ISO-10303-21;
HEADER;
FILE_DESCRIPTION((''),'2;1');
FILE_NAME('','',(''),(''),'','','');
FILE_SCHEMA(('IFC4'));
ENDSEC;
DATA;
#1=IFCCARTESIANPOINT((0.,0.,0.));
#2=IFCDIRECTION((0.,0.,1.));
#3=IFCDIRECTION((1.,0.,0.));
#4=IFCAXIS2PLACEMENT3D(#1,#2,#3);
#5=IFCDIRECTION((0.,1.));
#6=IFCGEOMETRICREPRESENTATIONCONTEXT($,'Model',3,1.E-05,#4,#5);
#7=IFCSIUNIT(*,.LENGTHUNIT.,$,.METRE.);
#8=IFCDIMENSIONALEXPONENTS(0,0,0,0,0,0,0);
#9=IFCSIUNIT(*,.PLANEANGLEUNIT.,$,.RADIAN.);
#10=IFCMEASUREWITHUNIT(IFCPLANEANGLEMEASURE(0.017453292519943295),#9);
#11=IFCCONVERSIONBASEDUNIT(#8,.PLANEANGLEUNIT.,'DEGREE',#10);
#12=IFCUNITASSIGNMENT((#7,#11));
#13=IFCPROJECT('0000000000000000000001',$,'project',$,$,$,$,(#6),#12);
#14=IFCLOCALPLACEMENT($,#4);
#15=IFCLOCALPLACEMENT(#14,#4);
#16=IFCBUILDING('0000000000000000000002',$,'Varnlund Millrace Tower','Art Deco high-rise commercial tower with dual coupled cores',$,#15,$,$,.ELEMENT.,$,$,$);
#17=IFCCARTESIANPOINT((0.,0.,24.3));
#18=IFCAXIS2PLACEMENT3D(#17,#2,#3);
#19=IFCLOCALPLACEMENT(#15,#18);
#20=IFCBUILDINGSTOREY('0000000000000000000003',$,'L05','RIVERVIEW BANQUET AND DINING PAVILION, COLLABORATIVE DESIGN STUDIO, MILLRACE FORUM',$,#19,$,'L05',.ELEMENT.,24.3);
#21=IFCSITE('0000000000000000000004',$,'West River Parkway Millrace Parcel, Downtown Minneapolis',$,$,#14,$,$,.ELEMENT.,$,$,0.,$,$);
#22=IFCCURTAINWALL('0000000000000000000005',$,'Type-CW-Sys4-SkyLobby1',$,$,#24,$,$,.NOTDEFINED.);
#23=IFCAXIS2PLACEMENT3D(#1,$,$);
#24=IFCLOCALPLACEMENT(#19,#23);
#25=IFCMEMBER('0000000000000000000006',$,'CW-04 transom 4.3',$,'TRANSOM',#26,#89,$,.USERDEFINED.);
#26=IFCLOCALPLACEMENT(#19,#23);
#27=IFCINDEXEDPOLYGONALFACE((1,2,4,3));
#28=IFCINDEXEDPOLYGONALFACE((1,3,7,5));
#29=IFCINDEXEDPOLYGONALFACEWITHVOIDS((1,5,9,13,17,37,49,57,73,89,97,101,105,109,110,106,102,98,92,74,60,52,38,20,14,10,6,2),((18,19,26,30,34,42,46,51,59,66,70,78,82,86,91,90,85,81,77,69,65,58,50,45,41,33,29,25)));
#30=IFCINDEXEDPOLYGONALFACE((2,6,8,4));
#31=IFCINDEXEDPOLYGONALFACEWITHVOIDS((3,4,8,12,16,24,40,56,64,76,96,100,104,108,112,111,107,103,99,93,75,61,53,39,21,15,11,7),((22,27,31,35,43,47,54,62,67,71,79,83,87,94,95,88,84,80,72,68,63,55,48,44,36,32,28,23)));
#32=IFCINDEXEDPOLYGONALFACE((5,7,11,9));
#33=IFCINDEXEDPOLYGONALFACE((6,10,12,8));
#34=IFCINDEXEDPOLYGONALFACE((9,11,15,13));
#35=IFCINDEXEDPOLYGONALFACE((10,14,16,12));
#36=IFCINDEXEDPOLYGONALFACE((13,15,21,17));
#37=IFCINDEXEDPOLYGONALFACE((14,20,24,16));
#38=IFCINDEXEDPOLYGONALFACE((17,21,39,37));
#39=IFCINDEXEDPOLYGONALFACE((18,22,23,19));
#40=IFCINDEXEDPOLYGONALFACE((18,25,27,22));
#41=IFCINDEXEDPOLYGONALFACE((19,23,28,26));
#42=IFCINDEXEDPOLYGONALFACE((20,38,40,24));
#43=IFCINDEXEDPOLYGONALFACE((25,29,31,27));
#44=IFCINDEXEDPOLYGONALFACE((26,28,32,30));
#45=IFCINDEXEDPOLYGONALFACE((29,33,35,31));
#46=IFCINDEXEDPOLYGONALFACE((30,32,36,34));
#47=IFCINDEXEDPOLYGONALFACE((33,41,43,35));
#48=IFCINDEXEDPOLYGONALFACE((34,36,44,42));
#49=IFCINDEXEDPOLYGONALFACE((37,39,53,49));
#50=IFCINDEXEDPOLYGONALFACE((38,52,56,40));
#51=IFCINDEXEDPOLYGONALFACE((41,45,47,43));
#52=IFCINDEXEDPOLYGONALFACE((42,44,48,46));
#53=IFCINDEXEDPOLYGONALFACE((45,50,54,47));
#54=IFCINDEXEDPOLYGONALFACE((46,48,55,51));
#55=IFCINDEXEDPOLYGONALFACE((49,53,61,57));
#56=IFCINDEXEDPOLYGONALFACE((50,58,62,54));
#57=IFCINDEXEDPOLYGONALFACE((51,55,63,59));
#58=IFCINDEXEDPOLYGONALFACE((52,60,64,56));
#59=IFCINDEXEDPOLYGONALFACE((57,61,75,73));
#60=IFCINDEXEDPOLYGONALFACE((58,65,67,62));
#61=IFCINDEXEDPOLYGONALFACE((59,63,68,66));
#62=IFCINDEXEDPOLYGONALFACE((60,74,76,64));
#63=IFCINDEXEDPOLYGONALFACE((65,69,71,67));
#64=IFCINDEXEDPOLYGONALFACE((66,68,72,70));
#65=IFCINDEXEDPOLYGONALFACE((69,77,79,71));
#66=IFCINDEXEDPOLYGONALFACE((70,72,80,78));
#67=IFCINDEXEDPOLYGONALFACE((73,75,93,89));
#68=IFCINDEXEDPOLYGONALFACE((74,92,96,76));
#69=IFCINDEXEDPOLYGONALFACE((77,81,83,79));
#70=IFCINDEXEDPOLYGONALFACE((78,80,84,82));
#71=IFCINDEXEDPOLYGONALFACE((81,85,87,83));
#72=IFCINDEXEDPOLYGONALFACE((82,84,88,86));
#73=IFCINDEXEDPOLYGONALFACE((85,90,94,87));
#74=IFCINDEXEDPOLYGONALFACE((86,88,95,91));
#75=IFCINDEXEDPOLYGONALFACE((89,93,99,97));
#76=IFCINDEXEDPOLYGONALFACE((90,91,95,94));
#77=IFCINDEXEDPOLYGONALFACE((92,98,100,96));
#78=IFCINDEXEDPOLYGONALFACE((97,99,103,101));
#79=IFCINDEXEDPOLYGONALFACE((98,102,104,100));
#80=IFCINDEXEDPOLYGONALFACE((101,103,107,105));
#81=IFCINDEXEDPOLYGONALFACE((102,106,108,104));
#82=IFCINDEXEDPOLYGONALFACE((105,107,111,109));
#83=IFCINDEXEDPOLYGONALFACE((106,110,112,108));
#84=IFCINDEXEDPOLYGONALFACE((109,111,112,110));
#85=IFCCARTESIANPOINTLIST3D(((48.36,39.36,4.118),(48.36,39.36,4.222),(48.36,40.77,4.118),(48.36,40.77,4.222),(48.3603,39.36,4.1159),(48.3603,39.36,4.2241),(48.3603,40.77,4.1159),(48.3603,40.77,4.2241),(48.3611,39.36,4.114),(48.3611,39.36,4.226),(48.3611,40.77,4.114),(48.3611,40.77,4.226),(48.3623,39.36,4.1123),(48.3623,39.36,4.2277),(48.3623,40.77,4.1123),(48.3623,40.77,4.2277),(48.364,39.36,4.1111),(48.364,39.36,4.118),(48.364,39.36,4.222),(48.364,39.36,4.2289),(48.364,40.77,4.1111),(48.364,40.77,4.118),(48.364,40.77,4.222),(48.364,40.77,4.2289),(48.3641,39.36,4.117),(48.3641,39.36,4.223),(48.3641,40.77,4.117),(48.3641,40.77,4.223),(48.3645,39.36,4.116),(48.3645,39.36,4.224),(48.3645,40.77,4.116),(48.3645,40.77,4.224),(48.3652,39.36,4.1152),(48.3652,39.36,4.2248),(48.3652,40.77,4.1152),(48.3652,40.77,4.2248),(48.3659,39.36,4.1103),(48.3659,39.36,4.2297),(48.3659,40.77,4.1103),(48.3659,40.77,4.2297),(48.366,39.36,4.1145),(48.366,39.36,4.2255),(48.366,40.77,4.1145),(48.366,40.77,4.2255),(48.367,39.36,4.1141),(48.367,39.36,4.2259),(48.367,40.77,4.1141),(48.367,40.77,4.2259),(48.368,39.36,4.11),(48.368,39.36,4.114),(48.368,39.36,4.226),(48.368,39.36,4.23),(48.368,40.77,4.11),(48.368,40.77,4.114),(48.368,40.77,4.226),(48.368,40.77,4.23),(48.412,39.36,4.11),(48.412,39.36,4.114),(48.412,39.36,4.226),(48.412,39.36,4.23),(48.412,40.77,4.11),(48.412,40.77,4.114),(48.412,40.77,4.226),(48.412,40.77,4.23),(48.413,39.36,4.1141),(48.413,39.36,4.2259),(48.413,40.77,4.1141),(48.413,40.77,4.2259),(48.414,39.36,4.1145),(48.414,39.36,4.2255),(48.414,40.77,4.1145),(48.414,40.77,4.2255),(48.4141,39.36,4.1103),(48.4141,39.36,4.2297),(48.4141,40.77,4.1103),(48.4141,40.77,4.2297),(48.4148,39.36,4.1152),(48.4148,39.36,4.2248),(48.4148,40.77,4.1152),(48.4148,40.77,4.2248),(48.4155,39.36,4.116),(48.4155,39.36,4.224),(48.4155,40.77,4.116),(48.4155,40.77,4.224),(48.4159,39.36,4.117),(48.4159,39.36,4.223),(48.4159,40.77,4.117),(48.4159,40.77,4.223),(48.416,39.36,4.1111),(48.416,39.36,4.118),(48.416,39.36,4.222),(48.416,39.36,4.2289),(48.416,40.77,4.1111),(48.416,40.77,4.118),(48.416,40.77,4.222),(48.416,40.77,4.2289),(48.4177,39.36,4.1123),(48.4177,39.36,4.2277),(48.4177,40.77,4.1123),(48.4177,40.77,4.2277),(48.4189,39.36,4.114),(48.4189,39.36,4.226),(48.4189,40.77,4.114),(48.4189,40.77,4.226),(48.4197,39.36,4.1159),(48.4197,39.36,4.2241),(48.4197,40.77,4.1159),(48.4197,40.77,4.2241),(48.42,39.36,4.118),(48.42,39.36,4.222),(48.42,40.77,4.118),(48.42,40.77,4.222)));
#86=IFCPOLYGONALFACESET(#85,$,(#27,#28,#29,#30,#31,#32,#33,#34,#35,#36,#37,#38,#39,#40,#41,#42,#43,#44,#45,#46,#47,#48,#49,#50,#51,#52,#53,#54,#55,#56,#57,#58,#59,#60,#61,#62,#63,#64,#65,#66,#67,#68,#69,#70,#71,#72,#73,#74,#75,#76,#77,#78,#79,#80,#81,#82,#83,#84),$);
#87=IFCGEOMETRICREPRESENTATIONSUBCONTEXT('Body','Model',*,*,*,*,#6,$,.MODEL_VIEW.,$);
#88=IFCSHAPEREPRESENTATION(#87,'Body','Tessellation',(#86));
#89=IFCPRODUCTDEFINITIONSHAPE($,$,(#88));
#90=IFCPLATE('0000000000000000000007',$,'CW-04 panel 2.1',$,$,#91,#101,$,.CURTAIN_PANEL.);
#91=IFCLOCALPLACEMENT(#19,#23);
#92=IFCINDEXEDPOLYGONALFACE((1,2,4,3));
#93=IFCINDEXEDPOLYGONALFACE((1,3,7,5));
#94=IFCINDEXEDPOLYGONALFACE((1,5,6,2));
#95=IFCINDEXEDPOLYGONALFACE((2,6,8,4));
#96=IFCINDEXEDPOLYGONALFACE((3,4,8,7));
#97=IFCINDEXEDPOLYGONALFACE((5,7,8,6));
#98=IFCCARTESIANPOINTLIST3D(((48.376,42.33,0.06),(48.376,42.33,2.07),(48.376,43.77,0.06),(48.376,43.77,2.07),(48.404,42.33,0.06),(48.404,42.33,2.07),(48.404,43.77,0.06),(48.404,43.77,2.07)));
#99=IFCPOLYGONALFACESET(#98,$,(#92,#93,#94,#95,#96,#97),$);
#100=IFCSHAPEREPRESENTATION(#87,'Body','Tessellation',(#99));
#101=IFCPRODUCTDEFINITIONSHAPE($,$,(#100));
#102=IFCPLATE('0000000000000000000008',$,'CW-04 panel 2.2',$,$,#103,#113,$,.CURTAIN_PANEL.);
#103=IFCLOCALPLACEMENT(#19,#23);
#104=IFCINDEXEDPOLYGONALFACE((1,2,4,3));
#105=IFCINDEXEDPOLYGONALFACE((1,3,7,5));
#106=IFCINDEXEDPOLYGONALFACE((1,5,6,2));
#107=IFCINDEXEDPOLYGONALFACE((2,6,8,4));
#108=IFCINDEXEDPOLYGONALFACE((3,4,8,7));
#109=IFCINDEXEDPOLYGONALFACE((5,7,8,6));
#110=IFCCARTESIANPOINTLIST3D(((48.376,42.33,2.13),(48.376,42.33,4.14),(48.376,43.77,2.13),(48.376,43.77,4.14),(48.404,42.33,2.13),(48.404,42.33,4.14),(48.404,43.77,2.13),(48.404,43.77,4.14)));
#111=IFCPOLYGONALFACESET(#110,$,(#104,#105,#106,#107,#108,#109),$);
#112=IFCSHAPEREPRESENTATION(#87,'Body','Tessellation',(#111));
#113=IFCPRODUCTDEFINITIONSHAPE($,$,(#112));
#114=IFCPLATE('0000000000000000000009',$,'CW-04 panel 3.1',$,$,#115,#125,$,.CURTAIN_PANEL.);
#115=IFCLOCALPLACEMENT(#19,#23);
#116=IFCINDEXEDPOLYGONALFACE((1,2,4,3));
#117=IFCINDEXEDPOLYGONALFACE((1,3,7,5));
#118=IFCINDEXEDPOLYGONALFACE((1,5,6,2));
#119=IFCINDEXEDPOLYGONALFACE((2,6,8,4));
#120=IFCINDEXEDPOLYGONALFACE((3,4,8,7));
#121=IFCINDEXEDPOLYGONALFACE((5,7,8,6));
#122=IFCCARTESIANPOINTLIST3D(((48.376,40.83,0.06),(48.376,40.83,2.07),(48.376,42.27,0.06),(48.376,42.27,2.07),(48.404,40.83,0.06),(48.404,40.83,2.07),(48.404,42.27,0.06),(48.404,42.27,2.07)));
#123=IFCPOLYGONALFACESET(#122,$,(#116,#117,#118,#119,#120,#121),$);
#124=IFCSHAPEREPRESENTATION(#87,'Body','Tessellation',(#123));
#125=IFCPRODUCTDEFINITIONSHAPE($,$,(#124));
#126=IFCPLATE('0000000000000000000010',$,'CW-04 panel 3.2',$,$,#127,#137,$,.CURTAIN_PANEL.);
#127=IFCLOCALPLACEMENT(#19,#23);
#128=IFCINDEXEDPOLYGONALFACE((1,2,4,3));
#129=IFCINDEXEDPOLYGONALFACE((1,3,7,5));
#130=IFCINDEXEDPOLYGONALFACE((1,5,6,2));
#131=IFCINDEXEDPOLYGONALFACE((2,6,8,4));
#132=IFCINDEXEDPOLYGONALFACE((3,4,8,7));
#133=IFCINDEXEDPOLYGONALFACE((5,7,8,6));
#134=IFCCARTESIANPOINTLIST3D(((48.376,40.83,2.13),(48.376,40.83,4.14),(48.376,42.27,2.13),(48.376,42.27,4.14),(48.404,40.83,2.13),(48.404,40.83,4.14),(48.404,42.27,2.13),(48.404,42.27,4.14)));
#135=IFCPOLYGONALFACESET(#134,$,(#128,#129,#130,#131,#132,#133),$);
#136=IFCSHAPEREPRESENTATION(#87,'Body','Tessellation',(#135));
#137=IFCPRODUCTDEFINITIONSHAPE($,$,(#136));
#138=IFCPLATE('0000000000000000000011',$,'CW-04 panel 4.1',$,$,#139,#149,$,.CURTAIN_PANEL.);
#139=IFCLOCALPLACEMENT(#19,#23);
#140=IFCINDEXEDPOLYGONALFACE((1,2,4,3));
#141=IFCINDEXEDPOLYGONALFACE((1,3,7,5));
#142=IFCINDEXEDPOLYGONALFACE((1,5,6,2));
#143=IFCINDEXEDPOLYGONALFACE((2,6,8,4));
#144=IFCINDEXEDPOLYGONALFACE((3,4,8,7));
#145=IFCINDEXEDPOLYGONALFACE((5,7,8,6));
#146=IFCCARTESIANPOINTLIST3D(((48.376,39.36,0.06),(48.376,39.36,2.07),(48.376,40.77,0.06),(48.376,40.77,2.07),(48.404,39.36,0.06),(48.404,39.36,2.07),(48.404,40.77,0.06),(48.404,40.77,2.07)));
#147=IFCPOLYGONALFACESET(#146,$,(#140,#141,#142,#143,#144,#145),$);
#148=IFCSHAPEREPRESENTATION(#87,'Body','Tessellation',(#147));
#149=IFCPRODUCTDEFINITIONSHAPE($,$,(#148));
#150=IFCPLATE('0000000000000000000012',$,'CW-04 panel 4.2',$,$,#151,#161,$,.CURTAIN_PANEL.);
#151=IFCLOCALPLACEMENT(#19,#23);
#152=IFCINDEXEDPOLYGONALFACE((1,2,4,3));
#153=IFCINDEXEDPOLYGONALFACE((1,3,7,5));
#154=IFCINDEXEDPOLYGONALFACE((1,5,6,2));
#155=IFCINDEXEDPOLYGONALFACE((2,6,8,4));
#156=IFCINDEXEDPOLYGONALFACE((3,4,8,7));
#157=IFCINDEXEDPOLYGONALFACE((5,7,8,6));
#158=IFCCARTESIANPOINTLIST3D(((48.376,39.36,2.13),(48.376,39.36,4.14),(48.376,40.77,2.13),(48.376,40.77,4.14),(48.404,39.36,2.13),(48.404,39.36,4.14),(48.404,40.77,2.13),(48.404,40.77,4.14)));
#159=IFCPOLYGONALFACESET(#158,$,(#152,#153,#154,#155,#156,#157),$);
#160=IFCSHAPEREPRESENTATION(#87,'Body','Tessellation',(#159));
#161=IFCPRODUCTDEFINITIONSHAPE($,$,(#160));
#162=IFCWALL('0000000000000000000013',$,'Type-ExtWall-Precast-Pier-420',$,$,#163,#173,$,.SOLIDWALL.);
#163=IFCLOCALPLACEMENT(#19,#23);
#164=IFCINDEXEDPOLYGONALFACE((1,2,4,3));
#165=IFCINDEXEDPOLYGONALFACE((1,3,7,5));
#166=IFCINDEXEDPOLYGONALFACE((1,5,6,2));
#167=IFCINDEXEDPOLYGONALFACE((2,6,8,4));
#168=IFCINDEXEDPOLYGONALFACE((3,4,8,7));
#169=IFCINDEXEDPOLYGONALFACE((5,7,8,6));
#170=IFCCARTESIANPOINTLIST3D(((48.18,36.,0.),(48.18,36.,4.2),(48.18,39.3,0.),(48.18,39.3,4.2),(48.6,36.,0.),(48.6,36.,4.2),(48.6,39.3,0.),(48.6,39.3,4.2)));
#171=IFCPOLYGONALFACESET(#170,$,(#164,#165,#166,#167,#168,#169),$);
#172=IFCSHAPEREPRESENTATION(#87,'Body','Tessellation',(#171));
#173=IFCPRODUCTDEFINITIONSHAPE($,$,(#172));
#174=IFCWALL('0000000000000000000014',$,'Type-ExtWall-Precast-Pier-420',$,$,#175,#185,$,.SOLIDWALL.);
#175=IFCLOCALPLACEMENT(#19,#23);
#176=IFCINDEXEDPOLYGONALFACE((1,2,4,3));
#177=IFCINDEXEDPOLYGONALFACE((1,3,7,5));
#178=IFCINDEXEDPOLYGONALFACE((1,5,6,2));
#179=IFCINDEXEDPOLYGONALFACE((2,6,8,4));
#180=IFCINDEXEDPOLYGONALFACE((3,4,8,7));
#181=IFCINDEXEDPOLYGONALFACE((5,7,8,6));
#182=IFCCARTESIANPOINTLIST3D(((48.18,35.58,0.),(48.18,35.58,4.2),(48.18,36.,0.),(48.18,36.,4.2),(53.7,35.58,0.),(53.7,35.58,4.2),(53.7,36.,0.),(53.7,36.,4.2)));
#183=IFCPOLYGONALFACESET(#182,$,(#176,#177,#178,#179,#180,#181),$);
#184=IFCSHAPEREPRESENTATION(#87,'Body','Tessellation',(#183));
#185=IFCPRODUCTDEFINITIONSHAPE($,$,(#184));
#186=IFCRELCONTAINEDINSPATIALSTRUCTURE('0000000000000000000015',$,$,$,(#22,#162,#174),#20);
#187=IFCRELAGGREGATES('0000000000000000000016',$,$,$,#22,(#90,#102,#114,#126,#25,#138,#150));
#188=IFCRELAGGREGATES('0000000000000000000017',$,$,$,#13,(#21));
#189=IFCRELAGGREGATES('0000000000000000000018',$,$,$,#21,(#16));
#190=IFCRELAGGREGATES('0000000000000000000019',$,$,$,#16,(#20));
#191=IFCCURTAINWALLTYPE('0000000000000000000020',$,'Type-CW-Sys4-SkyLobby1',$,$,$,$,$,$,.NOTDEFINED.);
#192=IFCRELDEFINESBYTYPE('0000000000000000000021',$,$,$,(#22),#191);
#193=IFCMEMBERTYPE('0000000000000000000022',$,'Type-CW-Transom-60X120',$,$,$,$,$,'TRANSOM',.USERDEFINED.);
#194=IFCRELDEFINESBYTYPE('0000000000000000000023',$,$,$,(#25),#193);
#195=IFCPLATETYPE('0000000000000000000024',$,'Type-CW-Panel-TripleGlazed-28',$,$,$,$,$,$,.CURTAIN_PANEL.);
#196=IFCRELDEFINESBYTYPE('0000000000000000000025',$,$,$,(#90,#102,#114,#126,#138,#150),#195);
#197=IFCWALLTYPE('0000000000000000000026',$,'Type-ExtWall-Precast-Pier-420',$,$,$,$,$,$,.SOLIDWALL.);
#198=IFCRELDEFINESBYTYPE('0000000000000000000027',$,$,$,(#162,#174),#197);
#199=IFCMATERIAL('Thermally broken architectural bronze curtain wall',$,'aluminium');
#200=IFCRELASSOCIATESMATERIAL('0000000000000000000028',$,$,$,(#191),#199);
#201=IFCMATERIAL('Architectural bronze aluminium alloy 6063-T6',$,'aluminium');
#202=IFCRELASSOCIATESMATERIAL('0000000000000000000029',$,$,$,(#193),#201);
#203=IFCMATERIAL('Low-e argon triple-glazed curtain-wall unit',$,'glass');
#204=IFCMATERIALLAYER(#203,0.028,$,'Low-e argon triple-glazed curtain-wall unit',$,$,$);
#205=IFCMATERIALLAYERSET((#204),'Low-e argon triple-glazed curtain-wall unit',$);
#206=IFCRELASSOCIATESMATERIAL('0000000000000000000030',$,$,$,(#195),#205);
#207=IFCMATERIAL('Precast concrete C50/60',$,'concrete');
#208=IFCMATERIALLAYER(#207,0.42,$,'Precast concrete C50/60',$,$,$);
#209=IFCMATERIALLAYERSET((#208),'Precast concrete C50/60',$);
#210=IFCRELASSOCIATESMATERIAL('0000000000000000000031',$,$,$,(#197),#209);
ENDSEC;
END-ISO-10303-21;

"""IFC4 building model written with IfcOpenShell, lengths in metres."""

from ifc_helpers import new_model, entity, si_unit, converted_unit, direction, frame, origin_with_axes, origin_2d_with_axis, place, context, subcontext, project, spatial, polyline, rectangle, hollow_rectangle, outline, extrude, material, layer, layer_set, material_profile, profile_set, type_object, element, aggregate, save


model = new_model("IFC4")

# Units and contexts
model_context = context("Model", 3, precision=1e-05, world=origin_with_axes(), true_north=direction((0.0, 1.0)))
body_context = subcontext(model_context, "Body", "Model", "MODEL_VIEW")
ifc_project = project(units=[si_unit("LENGTHUNIT", "METRE"), converted_unit("PLANEANGLEUNIT", "DEGREE", entity("IfcPlaneAngleMeasure", 0.017453292519943295), si_unit("PLANEANGLEUNIT", "RADIAN"), dimensions=[0, 0, 0, 0, 0, 0, 0])], contexts=[model_context])

# Site, building, storey
site_placement = place(None, origin_with_axes())
site = spatial("IfcSite", under=ifc_project, at=site_placement, Name="West River Parkway Millrace Parcel, Downtown Minneapolis", CompositionType="ELEMENT", RefElevation=0.0)
building_placement = place(site_placement, origin_with_axes())
building = spatial("IfcBuilding", under=site, at=building_placement, Name="Varnlund Millrace Tower", Description="Art Deco high-rise commercial tower with dual coupled cores", CompositionType="ELEMENT")
storey_placement = place(building_placement, frame((0.0, 0.0, 24.3), z_axis=(0.0, 0.0, 1.0), x_axis=(1.0, 0.0, 0.0)))
storey = spatial("IfcBuildingStorey", under=building, at=storey_placement, Name="L05", Description="RIVERVIEW BANQUET AND DINING PAVILION, COLLABORATIVE DESIGN STUDIO, MILLRACE FORUM", LongName="L05", CompositionType="ELEMENT", Elevation=24.3)

# Curtain wall, member, plates
ifc_material_1 = material(Name="Thermally broken architectural bronze curtain wall", Category="aluminium")
curtain_wall_type = type_object("IfcCurtainWallType", Name="Type-CW-Sys4-SkyLobby1", PredefinedType="NOTDEFINED", material=ifc_material_1)
curtain_wall_placement = place(storey_placement, frame((48.39, 45.3, 0.0), z_axis=(0.0, 0.0, 1.0), x_axis=(1.0, 0.0, 0.0)))
curtain_wall = element("IfcCurtainWall", 1, at=curtain_wall_placement, inside=storey, type_object=curtain_wall_type, Name="Type-CW-Sys4-SkyLobby1", PredefinedType="NOTDEFINED")
ifc_material_2 = material(Name="Architectural bronze aluminium alloy 6063-T6", Category="aluminium")
ifc_material_profile_1 = material_profile(ifc_material_2, hollow_rectangle(XDim=0.06, YDim=0.12, WallThickness=0.004, InnerFilletRadius=0.004, OuterFilletRadius=0.008, at=origin_2d_with_axis()), Name="Architectural bronze aluminium alloy 6063-T6")
ifc_profile_set_1 = profile_set([ifc_material_profile_1], Name="Architectural bronze aluminium alloy 6063-T6")
member_type_1 = type_object("IfcMemberType", Name="Type-CW-Transom-60X120", ElementType="TRANSOM", PredefinedType="USERDEFINED", material=ifc_profile_set_1)
member_1_placement = place(storey_placement, frame((48.39, 40.77, 4.17), z_axis=(0.0, -1.0, 0.0), x_axis=(1.0, 0.0, 0.0)))
member_1 = element("IfcMember", 2, at=member_1_placement, type_object=member_type_1, Name="CW-04 transom 4.3", ObjectType="TRANSOM", PredefinedType="USERDEFINED", context=body_context, shape_type="SweptSolid", body=[
    extrude(hollow_rectangle(XDim=0.06, YDim=0.12, WallThickness=0.004, InnerFilletRadius=0.004, OuterFilletRadius=0.008, at=origin_2d_with_axis()), origin_with_axes(), (0.0, 0.0, 1.0), 1.41),
])
ifc_material_3 = material(Name="Low-e argon triple-glazed curtain-wall unit", Category="glass")
ifc_layer_1 = layer(ifc_material_3, 0.028, Name="Low-e argon triple-glazed curtain-wall unit")
ifc_layer_set_1 = layer_set([ifc_layer_1], Name="Low-e argon triple-glazed curtain-wall unit")
plate_type = type_object("IfcPlateType", Name="Type-CW-Panel-TripleGlazed-28", PredefinedType="CURTAIN_PANEL", material=ifc_layer_set_1)
plate_1_placement = place(storey_placement, frame((48.39, 43.05, 0.06), z_axis=(0.0, 0.0, 1.0), x_axis=(0.0, -1.0, 0.0)))
plate_1 = element("IfcPlate", 3, at=plate_1_placement, type_object=plate_type, Name="CW-04 panel 2.1", PredefinedType="CURTAIN_PANEL", context=body_context, shape_type="SweptSolid", body=[
    extrude(rectangle(XDim=1.44, YDim=0.028, at=origin_2d_with_axis()), origin_with_axes(), (0.0, 0.0, 1.0), 2.01),
])
plate_2_placement = place(storey_placement, frame((48.39, 43.05, 2.13), z_axis=(0.0, 0.0, 1.0), x_axis=(0.0, -1.0, 0.0)))
plate_2 = element("IfcPlate", 4, at=plate_2_placement, type_object=plate_type, Name="CW-04 panel 2.2", PredefinedType="CURTAIN_PANEL", context=body_context, shape_type="SweptSolid", body=[
    extrude(rectangle(XDim=1.44, YDim=0.028, at=origin_2d_with_axis()), origin_with_axes(), (0.0, 0.0, 1.0), 2.01),
])
plate_3_placement = place(storey_placement, frame((48.39, 41.55, 0.06), z_axis=(0.0, 0.0, 1.0), x_axis=(0.0, -1.0, 0.0)))
plate_3 = element("IfcPlate", 5, at=plate_3_placement, type_object=plate_type, Name="CW-04 panel 3.1", PredefinedType="CURTAIN_PANEL", context=body_context, shape_type="SweptSolid", body=[
    extrude(rectangle(XDim=1.44, YDim=0.028, at=origin_2d_with_axis()), origin_with_axes(), (0.0, 0.0, 1.0), 2.01),
])
plate_4_placement = place(storey_placement, frame((48.39, 41.55, 2.13), z_axis=(0.0, 0.0, 1.0), x_axis=(0.0, -1.0, 0.0)))
plate_4 = element("IfcPlate", 6, at=plate_4_placement, type_object=plate_type, Name="CW-04 panel 3.2", PredefinedType="CURTAIN_PANEL", context=body_context, shape_type="SweptSolid", body=[
    extrude(rectangle(XDim=1.44, YDim=0.028, at=origin_2d_with_axis()), origin_with_axes(), (0.0, 0.0, 1.0), 2.01),
])
plate_5_placement = place(storey_placement, frame((48.39, 40.065, 0.06), z_axis=(0.0, 0.0, 1.0), x_axis=(0.0, -1.0, 0.0)))
plate_5 = element("IfcPlate", 7, at=plate_5_placement, type_object=plate_type, Name="CW-04 panel 4.1", PredefinedType="CURTAIN_PANEL", context=body_context, shape_type="SweptSolid", body=[
    extrude(rectangle(XDim=1.41, YDim=0.028, at=origin_2d_with_axis()), origin_with_axes(), (0.0, 0.0, 1.0), 2.01),
])
plate_6_placement = place(storey_placement, frame((48.39, 40.065, 2.13), z_axis=(0.0, 0.0, 1.0), x_axis=(0.0, -1.0, 0.0)))
plate_6 = element("IfcPlate", 8, at=plate_6_placement, type_object=plate_type, Name="CW-04 panel 4.2", PredefinedType="CURTAIN_PANEL", context=body_context, shape_type="SweptSolid", body=[
    extrude(rectangle(XDim=1.41, YDim=0.028, at=origin_2d_with_axis()), origin_with_axes(), (0.0, 0.0, 1.0), 2.01),
])
aggregate(curtain_wall, [plate_1, plate_2, plate_3, plate_4, member_1, plate_5, plate_6])

# Walls
ifc_material_4 = material(Name="Precast concrete C50/60", Category="concrete")
ifc_layer_2 = layer(ifc_material_4, 0.42, Name="Precast concrete C50/60")
ifc_layer_set_2 = layer_set([ifc_layer_2], Name="Precast concrete C50/60")
wall_type_1 = type_object("IfcWallType", Name="Type-ExtWall-Precast-Pier-420", PredefinedType="SOLIDWALL", material=ifc_layer_set_2)
wall_1_placement = place(storey_placement, frame((48.39, 39.3, 0.0), z_axis=(0.0, 0.0, 1.0), x_axis=(0.0, -1.0, 0.0)))
element("IfcWall", 9, at=wall_1_placement, inside=storey, type_object=wall_type_1, Name="Type-ExtWall-Precast-Pier-420", PredefinedType="SOLIDWALL", context=body_context, shape_type="SweptSolid", body=[
    extrude(outline(polyline([(0.0, -0.21), (3.3, -0.21), (3.3, 0.21), (0.0, 0.21), (0.0, -0.21)])), origin_with_axes(), (0.0, 0.0, 1.0), 4.2),
])
wall_2_placement = place(storey_placement, frame((48.18, 35.79, 0.0), z_axis=(0.0, 0.0, 1.0), x_axis=(1.0, 0.0, 0.0)))
element("IfcWall", 10, at=wall_2_placement, inside=storey, type_object=wall_type_1, Name="Type-ExtWall-Precast-Pier-420", PredefinedType="SOLIDWALL", context=body_context, shape_type="SweptSolid", body=[
    extrude(outline(polyline([(0.0, -0.21), (5.52, -0.21), (5.52, 0.21), (0.0, 0.21), (0.0, -0.21)])), origin_with_axes(), (0.0, 0.0, 1.0), 4.2),
])

save(model, "model.ifc")
